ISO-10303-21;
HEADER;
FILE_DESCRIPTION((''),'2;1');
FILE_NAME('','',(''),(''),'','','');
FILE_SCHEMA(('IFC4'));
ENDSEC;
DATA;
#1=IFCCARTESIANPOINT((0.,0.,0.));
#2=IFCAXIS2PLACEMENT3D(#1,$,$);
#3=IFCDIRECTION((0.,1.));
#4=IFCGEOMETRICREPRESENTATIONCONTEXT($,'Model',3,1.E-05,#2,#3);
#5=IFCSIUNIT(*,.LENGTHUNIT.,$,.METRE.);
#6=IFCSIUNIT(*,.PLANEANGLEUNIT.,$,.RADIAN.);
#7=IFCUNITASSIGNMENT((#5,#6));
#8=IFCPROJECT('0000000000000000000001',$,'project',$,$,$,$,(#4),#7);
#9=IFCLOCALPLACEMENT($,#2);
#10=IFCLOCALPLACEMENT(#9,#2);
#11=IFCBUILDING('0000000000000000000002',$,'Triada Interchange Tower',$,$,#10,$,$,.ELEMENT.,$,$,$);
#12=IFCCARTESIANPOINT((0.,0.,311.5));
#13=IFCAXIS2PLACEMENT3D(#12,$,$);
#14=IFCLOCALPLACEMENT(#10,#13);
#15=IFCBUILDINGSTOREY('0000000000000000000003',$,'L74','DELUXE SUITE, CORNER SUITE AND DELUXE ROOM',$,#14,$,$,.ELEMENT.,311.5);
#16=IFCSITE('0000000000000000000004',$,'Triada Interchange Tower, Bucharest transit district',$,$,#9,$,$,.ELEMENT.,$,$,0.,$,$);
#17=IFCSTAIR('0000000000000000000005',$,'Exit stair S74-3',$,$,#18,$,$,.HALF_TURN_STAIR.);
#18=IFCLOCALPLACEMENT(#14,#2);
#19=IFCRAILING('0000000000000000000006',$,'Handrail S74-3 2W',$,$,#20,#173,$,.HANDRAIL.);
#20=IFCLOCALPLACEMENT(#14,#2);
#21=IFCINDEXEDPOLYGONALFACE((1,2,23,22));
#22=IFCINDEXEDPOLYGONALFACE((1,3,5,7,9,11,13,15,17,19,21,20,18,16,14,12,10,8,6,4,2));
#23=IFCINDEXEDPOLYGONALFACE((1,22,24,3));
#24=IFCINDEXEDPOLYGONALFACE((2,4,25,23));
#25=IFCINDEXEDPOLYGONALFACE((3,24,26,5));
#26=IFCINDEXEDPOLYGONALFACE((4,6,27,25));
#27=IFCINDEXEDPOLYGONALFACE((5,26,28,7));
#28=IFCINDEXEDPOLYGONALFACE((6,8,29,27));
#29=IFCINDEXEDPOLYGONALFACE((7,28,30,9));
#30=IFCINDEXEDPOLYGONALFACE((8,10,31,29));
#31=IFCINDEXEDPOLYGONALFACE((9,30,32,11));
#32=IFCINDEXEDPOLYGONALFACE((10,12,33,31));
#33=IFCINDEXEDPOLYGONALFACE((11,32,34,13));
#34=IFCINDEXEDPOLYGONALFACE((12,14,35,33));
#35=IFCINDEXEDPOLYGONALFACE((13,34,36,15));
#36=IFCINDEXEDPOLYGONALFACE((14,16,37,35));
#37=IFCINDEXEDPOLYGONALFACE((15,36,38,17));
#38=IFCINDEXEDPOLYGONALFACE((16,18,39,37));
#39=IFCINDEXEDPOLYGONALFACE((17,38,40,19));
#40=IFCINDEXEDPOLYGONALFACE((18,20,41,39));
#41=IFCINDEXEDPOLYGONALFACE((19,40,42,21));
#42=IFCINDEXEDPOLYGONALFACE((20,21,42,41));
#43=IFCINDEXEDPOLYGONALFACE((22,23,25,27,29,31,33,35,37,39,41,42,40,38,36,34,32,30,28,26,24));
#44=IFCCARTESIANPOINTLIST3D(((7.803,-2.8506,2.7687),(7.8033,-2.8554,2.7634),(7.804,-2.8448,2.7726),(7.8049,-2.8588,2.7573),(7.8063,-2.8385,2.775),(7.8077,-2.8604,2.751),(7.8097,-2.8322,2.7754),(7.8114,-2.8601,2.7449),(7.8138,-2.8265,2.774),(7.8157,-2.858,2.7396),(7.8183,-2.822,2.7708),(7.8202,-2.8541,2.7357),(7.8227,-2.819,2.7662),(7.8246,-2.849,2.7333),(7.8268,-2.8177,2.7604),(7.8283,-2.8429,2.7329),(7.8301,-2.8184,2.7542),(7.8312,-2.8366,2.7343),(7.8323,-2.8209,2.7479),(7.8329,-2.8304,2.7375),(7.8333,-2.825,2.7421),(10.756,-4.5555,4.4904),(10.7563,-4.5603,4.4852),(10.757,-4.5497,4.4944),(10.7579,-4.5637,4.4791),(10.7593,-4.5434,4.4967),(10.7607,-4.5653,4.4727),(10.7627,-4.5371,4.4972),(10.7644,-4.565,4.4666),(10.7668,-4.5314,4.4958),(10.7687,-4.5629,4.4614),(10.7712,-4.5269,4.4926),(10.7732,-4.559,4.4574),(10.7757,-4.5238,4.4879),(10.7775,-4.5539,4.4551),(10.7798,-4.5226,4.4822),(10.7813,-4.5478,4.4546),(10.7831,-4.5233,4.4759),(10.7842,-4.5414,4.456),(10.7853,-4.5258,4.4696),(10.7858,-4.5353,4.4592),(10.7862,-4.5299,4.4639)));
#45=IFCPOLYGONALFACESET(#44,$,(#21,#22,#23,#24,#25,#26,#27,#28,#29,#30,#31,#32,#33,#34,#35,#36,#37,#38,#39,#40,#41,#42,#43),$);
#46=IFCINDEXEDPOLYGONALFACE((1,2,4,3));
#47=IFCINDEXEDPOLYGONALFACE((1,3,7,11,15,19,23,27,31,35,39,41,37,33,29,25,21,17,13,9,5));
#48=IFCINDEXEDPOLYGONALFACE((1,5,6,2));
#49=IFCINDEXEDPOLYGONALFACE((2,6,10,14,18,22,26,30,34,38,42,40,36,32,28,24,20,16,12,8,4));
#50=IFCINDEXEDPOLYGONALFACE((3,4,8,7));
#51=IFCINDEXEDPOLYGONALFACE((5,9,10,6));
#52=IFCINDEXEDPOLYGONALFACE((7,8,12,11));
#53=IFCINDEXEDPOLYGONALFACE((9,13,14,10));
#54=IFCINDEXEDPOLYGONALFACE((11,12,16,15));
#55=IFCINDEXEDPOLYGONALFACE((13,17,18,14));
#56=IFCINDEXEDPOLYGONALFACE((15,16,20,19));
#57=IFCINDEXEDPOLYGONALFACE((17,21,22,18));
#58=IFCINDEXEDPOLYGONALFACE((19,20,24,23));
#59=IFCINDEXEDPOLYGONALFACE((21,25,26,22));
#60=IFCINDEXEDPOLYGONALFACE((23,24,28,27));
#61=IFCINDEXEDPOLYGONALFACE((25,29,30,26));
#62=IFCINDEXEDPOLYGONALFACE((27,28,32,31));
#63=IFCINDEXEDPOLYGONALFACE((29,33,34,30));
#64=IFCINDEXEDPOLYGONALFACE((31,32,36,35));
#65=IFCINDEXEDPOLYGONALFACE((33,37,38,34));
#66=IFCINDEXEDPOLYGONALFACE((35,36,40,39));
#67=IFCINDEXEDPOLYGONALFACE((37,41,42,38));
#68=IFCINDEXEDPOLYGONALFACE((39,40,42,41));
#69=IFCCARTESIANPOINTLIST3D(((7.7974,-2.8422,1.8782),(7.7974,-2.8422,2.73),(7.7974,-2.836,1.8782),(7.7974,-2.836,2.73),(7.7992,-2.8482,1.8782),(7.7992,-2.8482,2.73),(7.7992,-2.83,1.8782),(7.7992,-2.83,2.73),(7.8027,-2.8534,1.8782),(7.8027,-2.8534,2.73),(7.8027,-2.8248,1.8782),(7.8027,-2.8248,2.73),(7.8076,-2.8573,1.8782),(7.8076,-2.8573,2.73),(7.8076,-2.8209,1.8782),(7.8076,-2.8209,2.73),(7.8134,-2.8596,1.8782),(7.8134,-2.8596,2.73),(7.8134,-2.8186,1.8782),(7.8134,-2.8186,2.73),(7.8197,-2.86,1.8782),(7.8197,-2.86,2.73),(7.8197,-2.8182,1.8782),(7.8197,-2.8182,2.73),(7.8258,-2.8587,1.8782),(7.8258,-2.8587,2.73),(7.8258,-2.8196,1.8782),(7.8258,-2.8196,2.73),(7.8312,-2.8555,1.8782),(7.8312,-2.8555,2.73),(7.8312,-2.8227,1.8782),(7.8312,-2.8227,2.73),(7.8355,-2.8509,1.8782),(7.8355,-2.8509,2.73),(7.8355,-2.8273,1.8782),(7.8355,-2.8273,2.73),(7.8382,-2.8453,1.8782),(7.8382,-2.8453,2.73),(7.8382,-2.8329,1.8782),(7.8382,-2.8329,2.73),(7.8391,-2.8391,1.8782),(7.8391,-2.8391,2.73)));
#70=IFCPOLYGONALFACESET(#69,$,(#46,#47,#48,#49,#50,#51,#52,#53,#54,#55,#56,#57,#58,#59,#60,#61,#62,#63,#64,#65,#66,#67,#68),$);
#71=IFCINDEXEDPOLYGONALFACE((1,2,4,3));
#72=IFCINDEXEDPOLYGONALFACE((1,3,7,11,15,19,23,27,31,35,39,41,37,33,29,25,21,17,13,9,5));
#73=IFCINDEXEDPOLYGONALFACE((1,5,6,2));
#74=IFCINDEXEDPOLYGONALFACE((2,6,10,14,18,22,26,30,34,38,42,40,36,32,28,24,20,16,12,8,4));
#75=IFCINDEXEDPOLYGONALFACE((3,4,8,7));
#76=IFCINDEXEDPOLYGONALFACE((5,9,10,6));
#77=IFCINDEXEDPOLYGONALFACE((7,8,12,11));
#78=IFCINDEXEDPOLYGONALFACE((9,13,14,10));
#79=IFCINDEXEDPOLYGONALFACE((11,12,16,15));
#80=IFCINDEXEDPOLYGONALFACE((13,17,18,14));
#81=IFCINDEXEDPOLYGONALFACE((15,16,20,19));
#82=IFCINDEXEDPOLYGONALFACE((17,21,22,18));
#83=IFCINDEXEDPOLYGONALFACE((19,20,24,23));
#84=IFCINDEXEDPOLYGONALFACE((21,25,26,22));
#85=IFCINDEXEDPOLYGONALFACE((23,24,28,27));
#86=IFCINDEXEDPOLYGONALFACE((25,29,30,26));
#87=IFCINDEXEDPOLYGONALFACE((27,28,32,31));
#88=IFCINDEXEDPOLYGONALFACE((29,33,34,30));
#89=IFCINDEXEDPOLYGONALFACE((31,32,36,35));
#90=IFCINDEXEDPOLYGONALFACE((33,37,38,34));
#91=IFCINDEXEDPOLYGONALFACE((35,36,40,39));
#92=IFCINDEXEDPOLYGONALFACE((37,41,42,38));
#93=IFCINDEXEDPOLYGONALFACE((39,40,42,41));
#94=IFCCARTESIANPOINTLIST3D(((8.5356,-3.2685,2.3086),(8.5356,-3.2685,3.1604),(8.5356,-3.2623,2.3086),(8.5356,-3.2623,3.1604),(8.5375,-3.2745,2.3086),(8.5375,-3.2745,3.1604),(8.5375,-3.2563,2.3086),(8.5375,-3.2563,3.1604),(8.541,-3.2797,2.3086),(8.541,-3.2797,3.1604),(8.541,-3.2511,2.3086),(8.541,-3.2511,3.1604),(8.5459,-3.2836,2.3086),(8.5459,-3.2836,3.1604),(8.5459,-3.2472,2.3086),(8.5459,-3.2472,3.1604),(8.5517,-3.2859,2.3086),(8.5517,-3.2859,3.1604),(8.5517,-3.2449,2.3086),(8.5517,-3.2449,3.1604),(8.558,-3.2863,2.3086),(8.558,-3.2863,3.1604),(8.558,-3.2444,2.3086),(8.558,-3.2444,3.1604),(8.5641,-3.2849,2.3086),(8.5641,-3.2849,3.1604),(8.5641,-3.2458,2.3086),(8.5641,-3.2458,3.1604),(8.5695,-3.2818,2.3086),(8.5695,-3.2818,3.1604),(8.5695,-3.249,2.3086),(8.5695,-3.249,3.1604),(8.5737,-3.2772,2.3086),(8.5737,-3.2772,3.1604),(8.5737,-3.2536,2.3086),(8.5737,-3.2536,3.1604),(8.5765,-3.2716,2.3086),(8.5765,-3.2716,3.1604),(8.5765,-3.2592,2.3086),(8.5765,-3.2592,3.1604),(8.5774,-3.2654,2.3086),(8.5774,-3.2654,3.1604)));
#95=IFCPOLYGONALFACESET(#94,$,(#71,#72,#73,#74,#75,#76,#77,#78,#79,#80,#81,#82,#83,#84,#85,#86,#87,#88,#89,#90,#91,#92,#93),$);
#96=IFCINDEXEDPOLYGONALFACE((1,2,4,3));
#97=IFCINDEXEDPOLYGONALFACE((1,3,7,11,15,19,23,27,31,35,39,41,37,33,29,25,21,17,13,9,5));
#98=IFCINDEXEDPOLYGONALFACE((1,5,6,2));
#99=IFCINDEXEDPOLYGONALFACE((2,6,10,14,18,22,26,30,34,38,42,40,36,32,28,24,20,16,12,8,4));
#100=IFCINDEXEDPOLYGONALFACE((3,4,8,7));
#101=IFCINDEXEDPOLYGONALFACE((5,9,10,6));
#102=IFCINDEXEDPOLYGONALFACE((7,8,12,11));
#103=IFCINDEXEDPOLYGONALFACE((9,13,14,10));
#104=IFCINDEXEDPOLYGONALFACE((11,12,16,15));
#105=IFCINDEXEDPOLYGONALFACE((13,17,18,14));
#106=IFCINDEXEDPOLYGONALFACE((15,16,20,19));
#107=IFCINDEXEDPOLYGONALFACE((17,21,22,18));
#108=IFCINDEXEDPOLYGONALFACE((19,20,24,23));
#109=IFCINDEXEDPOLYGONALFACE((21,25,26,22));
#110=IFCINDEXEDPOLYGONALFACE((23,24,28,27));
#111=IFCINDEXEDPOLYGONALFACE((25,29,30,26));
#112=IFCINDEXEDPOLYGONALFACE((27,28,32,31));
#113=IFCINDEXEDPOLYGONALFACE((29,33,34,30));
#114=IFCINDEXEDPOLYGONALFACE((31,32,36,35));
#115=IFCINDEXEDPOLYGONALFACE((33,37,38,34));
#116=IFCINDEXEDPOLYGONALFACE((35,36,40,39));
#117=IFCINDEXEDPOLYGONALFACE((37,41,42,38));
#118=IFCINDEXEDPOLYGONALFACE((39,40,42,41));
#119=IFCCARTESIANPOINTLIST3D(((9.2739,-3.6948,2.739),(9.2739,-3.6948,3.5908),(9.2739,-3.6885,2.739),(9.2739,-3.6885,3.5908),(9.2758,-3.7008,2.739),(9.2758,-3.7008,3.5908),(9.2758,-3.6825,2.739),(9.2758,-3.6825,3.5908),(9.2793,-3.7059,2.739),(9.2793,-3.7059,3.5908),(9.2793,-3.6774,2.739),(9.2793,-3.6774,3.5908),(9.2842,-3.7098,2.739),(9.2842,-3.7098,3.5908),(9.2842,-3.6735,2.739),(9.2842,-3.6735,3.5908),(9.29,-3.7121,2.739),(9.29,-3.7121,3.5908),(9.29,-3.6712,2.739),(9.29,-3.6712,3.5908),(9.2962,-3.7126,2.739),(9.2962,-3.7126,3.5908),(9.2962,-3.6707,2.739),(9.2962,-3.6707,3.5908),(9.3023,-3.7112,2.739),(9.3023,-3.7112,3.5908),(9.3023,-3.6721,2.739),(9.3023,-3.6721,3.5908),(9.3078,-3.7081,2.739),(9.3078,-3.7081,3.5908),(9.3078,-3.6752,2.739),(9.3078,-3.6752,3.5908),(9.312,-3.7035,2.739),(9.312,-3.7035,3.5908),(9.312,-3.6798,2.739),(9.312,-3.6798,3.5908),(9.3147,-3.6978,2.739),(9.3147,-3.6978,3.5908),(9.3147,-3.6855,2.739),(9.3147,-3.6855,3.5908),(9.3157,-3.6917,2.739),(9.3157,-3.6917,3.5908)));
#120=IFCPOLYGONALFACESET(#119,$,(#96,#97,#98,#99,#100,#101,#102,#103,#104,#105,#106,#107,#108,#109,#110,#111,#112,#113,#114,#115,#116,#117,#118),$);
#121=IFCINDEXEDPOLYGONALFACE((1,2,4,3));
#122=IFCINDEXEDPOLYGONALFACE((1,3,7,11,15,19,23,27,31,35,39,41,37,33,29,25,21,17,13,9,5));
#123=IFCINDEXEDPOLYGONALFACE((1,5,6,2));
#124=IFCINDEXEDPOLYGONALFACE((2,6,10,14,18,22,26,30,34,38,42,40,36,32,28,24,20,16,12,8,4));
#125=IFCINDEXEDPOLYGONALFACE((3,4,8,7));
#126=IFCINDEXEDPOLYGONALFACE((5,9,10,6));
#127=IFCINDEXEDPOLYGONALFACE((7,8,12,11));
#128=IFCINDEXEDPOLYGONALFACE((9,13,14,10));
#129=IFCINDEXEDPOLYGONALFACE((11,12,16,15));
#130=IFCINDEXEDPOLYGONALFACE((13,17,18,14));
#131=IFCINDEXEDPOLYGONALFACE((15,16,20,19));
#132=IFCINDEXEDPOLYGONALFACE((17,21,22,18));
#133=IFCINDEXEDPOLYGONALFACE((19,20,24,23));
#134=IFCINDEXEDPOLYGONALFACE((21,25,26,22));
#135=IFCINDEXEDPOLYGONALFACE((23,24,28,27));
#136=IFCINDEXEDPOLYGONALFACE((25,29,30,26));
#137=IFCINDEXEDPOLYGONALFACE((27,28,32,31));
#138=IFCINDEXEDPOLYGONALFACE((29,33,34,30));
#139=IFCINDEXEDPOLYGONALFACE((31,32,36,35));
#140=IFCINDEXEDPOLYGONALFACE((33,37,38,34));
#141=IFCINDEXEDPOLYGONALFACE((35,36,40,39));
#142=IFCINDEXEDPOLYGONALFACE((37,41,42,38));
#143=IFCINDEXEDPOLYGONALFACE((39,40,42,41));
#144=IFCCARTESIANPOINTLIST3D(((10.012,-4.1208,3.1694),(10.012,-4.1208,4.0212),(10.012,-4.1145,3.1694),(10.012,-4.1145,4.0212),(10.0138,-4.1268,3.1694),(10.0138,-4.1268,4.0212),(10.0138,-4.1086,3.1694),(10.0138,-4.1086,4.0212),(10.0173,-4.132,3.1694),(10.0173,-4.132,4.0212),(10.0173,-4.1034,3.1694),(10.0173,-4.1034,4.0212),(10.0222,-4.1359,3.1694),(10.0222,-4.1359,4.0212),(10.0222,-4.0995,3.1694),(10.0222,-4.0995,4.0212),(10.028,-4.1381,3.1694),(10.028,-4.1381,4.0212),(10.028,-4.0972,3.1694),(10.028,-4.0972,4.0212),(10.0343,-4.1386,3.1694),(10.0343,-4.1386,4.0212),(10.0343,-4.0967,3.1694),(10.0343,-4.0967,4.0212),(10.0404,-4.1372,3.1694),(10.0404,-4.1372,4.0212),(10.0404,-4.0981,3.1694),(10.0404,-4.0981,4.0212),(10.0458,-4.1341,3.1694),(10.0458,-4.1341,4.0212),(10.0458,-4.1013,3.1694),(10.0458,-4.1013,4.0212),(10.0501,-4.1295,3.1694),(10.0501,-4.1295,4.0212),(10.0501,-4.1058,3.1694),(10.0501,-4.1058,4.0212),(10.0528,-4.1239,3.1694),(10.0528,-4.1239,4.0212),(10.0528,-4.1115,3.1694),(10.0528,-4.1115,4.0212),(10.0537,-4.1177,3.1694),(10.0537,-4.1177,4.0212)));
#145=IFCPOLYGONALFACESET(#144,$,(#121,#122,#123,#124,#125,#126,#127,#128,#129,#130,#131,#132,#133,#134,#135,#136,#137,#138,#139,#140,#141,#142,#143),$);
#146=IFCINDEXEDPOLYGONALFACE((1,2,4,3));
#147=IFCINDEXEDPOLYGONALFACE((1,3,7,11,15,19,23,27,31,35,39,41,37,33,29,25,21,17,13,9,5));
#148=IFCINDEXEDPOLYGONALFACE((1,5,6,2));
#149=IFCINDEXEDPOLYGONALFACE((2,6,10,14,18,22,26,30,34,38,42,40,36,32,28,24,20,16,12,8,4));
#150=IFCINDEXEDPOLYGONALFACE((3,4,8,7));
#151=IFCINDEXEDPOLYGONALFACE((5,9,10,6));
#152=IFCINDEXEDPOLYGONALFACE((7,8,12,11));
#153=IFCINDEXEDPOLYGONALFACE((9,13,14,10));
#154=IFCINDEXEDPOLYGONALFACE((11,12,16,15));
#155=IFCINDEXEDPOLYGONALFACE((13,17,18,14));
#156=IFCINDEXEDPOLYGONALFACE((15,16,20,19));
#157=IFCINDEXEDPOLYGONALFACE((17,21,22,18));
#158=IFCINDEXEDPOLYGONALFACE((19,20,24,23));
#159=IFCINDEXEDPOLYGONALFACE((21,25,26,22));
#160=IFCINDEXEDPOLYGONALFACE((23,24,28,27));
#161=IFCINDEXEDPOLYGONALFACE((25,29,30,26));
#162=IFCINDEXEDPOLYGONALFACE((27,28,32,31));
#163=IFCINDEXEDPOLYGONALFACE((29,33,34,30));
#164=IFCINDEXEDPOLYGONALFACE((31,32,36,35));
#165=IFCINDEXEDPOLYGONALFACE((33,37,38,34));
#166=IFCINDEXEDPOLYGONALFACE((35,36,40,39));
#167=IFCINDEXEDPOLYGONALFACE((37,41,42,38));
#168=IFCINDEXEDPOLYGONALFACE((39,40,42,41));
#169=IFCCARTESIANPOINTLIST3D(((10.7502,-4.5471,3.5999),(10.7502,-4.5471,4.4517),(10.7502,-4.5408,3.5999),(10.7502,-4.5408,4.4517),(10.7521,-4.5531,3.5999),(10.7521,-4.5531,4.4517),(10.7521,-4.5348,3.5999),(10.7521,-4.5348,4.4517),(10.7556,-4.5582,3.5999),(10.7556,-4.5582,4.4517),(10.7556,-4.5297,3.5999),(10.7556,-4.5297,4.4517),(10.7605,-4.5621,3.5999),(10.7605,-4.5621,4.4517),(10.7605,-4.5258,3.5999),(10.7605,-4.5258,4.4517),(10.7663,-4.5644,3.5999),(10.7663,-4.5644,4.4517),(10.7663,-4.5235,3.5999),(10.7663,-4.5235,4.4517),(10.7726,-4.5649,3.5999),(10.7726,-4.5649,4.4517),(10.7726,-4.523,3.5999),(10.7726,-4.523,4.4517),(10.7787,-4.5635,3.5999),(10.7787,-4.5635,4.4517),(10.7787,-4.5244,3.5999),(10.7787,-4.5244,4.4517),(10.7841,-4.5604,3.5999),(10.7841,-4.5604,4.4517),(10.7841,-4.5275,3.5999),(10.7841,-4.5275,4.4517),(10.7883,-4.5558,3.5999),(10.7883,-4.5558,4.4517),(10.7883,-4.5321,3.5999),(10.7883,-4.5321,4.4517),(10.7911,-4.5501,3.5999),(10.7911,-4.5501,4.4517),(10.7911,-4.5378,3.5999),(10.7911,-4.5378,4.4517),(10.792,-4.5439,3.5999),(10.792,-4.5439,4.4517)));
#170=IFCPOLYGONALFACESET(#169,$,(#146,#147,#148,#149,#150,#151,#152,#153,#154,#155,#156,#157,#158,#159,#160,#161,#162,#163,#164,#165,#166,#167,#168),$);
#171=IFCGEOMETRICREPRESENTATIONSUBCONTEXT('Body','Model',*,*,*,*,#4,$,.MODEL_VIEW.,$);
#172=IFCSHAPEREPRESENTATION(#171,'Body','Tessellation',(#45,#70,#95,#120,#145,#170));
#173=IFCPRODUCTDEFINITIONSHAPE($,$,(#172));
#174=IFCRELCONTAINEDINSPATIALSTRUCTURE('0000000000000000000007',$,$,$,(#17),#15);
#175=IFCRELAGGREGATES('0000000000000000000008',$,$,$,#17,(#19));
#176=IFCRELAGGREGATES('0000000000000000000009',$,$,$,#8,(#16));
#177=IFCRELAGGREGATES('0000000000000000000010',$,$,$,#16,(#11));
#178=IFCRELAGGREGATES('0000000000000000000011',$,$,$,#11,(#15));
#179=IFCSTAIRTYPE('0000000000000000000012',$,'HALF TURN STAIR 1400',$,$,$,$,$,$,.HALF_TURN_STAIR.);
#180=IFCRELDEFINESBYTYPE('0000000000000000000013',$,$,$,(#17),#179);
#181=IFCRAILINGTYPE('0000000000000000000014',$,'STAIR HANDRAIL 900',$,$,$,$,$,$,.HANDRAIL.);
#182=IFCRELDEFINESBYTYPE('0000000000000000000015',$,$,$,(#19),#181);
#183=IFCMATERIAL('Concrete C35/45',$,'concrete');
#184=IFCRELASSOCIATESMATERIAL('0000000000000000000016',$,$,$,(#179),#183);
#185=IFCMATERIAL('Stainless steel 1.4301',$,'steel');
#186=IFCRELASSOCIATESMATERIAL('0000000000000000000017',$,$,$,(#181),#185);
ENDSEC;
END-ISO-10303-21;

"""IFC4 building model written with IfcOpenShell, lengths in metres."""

from ifc_helpers import new_model, si_unit, direction, frame, origin, origin_2d, place, context, subcontext, project, spatial, circle, extrude, material, type_object, element, aggregate, save


model = new_model("IFC4")

# Units and contexts
model_context = context("Model", 3, precision=1e-05, world=origin(), true_north=direction((0.0, 1.0)))
body_context = subcontext(model_context, "Body", "Model", "MODEL_VIEW")
ifc_project = project(units=[si_unit("LENGTHUNIT", "METRE"), si_unit("PLANEANGLEUNIT", "RADIAN")], contexts=[model_context])

# Site, building, storey
site_placement = place(None, origin())
site = spatial("IfcSite", under=ifc_project, at=site_placement, Name="Triada Interchange Tower, Bucharest transit district", CompositionType="ELEMENT", RefElevation=0.0)
building_placement = place(site_placement, origin())
building = spatial("IfcBuilding", under=site, at=building_placement, Name="Triada Interchange Tower", CompositionType="ELEMENT")
storey_placement = place(building_placement, frame((0.0, 0.0, 311.5)))
storey = spatial("IfcBuildingStorey", under=building, at=storey_placement, Name="L74", Description="DELUXE SUITE, CORNER SUITE AND DELUXE ROOM", CompositionType="ELEMENT", Elevation=311.5)

# Stair, railing
ifc_material_1 = material(Name="Concrete C35/45", Category="concrete")
stair_type = type_object("IfcStairType", Name="HALF TURN STAIR 1400", PredefinedType="HALF_TURN_STAIR", material=ifc_material_1)
stair_placement = place(storey_placement, origin())
stair = element("IfcStair", 1, at=stair_placement, inside=storey, type_object=stair_type, Name="Exit stair S74-3", PredefinedType="HALF_TURN_STAIR")
ifc_material_2 = material(Name="Stainless steel 1.4301", Category="steel")
railing_type = type_object("IfcRailingType", Name="STAIR HANDRAIL 900", PredefinedType="HANDRAIL", material=ifc_material_2)
railing_1_placement = place(storey_placement, frame((7.8181, -2.8391, 1.8782)))
railing_1 = element("IfcRailing", 2, at=railing_1_placement, type_object=railing_type, Name="Handrail S74-3 2W", PredefinedType="HANDRAIL", context=body_context, shape_type="SweptSolid", body=[
    extrude(circle(Radius=0.0239, at=origin_2d()), frame((0.0, 0.0, 0.876), z_axis=(0.773065, -0.446326, 0.450736), x_axis=(0.499997, 0.866027, 0.0)), (0.0, 0.0, 1.0), 3.8198),
    extrude(circle(Radius=0.021, at=origin_2d()), origin(), (0.0, 0.0, 1.0), 0.8518),
    extrude(circle(Radius=0.021, at=origin_2d()), frame((0.7383, -0.4263, 0.4304)), (0.0, 0.0, 1.0), 0.8518),
    extrude(circle(Radius=0.021, at=origin_2d()), frame((1.4766, -0.8525, 0.8608)), (0.0, 0.0, 1.0), 0.8518),
    extrude(circle(Radius=0.021, at=origin_2d()), frame((2.2146, -1.2786, 1.2913)), (0.0, 0.0, 1.0), 0.8518),
    extrude(circle(Radius=0.021, at=origin_2d()), frame((2.9529, -1.7048, 1.7217)), (0.0, 0.0, 1.0), 0.8518),
])
aggregate(stair, [railing_1])

save(model, "model.ifc")
